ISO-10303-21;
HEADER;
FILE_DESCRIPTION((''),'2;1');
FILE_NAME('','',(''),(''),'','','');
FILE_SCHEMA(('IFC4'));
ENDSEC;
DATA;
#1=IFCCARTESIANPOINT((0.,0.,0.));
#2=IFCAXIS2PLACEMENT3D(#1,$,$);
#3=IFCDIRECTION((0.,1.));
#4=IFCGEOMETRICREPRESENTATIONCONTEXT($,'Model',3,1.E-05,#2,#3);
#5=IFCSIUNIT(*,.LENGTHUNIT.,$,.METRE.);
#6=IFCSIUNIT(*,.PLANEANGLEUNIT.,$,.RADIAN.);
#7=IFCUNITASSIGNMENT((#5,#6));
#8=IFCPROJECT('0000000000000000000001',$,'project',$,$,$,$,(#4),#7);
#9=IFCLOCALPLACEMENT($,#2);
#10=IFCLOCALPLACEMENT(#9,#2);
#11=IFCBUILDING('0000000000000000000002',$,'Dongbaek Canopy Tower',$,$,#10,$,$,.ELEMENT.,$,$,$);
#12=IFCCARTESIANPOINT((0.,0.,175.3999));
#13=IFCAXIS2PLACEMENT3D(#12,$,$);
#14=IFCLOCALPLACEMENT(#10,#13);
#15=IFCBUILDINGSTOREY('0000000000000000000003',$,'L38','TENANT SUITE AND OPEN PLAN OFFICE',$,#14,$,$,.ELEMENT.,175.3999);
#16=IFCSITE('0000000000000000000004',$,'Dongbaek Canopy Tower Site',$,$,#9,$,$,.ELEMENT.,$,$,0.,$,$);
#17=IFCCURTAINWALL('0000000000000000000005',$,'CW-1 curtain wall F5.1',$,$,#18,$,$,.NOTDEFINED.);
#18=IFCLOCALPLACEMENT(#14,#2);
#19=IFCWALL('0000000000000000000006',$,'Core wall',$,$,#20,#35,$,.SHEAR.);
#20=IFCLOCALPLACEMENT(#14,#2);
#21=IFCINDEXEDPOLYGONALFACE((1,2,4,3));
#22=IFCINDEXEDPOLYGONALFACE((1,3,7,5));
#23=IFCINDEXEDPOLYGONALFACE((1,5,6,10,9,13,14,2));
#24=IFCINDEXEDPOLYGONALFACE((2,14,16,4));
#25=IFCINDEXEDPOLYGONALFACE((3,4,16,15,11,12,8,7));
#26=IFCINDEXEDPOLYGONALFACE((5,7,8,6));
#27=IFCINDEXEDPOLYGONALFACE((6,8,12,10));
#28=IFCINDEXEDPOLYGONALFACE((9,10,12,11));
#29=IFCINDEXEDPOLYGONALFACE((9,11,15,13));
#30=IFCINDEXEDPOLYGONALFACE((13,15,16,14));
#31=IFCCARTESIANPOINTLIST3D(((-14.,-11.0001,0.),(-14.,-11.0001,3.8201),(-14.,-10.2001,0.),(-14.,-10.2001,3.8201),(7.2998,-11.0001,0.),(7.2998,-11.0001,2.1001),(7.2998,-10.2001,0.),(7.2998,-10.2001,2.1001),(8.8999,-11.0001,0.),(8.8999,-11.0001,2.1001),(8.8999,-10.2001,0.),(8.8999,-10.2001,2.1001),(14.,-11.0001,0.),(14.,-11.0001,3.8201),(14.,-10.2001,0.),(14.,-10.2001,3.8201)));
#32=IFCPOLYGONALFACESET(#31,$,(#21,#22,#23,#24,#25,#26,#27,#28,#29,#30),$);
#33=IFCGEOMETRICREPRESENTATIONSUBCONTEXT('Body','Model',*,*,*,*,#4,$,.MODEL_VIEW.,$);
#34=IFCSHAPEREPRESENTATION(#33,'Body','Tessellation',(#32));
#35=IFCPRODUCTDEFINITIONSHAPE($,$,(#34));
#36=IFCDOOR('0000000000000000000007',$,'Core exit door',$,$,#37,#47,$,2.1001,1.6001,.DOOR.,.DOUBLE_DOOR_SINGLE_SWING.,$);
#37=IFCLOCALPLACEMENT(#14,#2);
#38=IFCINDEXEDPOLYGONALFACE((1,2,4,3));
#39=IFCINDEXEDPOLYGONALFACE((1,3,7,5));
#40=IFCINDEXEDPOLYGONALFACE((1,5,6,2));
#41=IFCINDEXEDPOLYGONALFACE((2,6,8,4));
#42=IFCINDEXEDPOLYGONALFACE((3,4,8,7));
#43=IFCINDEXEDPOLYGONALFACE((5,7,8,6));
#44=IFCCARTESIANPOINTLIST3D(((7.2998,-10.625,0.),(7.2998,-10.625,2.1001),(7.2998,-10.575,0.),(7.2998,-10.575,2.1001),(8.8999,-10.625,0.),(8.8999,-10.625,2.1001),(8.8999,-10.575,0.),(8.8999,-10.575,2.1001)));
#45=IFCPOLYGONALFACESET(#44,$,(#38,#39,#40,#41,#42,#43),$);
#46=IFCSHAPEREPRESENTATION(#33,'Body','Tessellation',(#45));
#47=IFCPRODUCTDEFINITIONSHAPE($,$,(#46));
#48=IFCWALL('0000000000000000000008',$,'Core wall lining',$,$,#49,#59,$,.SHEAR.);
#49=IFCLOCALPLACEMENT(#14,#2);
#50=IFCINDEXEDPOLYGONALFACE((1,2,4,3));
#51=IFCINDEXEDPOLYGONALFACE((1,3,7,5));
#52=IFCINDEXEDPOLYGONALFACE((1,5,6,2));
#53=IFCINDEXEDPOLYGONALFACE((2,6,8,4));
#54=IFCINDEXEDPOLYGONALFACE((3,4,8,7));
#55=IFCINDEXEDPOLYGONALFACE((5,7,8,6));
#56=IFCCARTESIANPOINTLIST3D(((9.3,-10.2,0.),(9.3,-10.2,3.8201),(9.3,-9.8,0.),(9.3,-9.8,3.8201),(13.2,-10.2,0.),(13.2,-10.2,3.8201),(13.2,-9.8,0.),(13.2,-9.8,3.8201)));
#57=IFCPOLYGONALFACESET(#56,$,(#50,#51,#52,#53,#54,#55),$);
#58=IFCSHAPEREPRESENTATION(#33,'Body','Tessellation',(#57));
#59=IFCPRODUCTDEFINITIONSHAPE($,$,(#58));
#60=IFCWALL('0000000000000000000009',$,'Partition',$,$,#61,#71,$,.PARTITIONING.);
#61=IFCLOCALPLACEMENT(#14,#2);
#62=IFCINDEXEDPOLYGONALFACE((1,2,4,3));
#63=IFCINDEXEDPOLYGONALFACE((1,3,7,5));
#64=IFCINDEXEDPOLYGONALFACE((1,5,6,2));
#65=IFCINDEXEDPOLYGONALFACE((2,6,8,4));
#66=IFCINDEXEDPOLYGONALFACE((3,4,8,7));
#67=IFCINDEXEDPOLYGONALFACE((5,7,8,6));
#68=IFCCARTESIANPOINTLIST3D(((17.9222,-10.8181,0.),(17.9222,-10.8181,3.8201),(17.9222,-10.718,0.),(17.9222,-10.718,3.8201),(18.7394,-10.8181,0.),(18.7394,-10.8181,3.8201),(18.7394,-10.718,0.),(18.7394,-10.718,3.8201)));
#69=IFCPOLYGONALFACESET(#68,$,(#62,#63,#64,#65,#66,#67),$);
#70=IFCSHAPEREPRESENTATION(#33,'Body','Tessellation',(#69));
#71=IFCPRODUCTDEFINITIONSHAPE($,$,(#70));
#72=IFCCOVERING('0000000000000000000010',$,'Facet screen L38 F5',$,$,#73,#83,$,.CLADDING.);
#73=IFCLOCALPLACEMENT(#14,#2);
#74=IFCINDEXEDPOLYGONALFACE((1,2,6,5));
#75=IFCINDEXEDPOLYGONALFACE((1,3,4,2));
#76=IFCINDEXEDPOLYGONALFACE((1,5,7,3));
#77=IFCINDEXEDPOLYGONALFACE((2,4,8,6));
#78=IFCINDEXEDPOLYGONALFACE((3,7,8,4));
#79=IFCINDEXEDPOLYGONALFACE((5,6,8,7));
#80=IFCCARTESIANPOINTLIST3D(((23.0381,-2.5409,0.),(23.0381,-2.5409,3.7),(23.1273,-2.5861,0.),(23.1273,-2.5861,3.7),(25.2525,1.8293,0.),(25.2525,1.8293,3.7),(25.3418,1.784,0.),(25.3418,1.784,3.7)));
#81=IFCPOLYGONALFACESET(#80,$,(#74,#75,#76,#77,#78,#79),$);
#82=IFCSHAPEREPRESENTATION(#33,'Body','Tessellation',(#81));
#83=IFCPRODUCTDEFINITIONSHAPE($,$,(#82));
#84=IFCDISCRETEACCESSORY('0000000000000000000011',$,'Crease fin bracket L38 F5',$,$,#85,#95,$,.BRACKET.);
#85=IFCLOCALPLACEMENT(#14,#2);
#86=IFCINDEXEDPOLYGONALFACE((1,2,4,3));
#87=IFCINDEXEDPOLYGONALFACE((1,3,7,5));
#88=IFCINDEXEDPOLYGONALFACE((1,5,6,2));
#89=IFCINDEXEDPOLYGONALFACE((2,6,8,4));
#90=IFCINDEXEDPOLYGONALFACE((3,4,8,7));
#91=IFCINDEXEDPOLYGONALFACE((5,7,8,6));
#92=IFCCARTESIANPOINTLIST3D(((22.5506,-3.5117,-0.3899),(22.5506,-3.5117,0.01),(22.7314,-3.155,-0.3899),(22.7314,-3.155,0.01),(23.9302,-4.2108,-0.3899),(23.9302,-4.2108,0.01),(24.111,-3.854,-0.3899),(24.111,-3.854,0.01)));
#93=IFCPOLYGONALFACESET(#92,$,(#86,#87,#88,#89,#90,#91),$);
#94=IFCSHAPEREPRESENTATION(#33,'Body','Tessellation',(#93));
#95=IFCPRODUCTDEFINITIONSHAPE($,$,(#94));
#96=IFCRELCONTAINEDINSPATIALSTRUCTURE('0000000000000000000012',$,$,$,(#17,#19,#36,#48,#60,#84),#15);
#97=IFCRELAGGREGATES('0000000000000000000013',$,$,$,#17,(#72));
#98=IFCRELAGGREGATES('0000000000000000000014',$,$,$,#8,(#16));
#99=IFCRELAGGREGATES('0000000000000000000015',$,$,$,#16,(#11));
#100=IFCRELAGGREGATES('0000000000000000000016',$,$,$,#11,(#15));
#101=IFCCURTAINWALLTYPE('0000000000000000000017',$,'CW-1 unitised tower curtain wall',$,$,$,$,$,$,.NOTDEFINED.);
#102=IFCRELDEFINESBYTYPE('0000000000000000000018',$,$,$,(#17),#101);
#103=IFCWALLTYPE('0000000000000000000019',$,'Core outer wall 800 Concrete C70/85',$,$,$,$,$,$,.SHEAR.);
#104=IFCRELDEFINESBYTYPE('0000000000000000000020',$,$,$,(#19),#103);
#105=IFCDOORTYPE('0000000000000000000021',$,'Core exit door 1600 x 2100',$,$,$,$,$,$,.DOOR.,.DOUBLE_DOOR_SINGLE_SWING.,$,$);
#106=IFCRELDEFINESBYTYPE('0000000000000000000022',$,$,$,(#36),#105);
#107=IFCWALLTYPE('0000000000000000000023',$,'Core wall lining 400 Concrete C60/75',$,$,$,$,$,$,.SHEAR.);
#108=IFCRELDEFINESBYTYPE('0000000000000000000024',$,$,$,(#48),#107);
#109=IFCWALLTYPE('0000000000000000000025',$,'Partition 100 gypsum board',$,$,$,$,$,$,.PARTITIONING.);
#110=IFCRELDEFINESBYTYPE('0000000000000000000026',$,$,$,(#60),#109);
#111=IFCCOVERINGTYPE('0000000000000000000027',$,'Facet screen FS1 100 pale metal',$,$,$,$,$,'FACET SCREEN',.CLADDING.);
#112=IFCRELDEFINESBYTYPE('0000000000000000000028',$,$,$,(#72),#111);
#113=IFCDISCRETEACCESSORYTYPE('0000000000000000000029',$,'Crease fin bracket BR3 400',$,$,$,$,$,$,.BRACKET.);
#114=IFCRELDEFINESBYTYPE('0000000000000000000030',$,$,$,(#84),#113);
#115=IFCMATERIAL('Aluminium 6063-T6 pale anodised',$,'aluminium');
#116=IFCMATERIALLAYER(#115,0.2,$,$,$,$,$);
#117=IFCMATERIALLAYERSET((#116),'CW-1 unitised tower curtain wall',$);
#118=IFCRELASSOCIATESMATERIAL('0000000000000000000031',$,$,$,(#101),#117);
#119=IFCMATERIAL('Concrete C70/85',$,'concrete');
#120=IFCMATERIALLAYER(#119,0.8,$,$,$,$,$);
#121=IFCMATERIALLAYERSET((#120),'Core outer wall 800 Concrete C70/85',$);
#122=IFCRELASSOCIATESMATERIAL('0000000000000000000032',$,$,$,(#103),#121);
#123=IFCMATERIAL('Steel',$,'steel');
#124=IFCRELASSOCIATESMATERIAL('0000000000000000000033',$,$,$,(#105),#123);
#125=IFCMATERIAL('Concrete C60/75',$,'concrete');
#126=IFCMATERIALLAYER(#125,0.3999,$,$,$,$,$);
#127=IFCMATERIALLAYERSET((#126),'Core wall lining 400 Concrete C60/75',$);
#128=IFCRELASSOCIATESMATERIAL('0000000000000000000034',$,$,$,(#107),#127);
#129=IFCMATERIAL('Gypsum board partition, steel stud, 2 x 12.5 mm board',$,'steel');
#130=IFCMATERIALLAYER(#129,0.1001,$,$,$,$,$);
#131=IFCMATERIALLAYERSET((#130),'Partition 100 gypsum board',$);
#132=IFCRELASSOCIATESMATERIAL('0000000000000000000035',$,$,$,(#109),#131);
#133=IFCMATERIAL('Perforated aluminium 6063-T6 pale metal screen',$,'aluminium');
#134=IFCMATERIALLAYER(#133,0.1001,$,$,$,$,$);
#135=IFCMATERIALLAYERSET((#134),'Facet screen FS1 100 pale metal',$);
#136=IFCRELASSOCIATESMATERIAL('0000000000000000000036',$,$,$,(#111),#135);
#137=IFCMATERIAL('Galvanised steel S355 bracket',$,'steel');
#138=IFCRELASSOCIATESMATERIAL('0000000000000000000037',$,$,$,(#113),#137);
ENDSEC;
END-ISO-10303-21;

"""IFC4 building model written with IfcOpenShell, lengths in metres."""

from ifc_helpers import new_model, si_unit, direction, frame, frame_2d, origin, origin_2d, place, context, subcontext, project, spatial, rectangle, extrude, material, layer, layer_set, type_object, element, fill, aggregate, save


model = new_model("IFC4")

# Units and contexts
model_context = context("Model", 3, precision=1e-05, world=origin(), true_north=direction((0.0, 1.0)))
body_context = subcontext(model_context, "Body", "Model", "MODEL_VIEW")
ifc_project = project(units=[si_unit("LENGTHUNIT", "METRE"), si_unit("PLANEANGLEUNIT", "RADIAN")], contexts=[model_context])

# Site, building, storey
site_placement = place(None, origin())
site = spatial("IfcSite", under=ifc_project, at=site_placement, Name="Dongbaek Canopy Tower Site", CompositionType="ELEMENT", RefElevation=0.0)
building_placement = place(site_placement, origin())
building = spatial("IfcBuilding", under=site, at=building_placement, Name="Dongbaek Canopy Tower", CompositionType="ELEMENT")
storey_placement = place(building_placement, frame((0.0, 0.0, 175.3999)))
storey = spatial("IfcBuildingStorey", under=building, at=storey_placement, Name="L38", Description="TENANT SUITE AND OPEN PLAN OFFICE", CompositionType="ELEMENT", Elevation=175.3999)

# Curtain wall
ifc_material_1 = material(Name="Aluminium 6063-T6 pale anodised", Category="aluminium")
ifc_layer_1 = layer(ifc_material_1, 0.2)
ifc_layer_set_1 = layer_set([ifc_layer_1], Name="CW-1 unitised tower curtain wall")
curtain_wall_type = type_object("IfcCurtainWallType", Name="CW-1 unitised tower curtain wall", PredefinedType="NOTDEFINED", material=ifc_layer_set_1)
curtain_wall_placement = place(storey_placement, origin())
curtain_wall = element("IfcCurtainWall", 1, at=curtain_wall_placement, inside=storey, type_object=curtain_wall_type, Name="CW-1 curtain wall F5.1", PredefinedType="NOTDEFINED")

# Wall, opening, door
ifc_material_2 = material(Name="Concrete C70/85", Category="concrete")
ifc_layer_2 = layer(ifc_material_2, 0.8)
ifc_layer_set_2 = layer_set([ifc_layer_2], Name="Core outer wall 800 Concrete C70/85")
wall_type_1 = type_object("IfcWallType", Name="Core outer wall 800 Concrete C70/85", PredefinedType="SHEAR", material=ifc_layer_set_2)
wall_1_placement = place(storey_placement, frame((14.0, -10.6001, 0.0), z_axis=(0.0, 0.0, 1.0), x_axis=(-1.0, 0.0, 0.0)))
wall_1 = element("IfcWall", 2, at=wall_1_placement, inside=storey, type_object=wall_type_1, Name="Core wall", PredefinedType="SHEAR", context=body_context, shape_type="SweptSolid", body=[
    extrude(rectangle(XDim=28.0, YDim=0.8, at=frame_2d((14.0, 0.0))), origin(), (0.0, 0.0, 1.0), 3.8201),
])
opening_placement = place(wall_1_placement, frame((5.1001, 0.0, 0.0)))
opening = element("IfcOpeningElement", 3, at=opening_placement, cuts=wall_1, PredefinedType="OPENING", context=body_context, shape_type="SweptSolid", body=[
    extrude(rectangle(XDim=1.6001, YDim=2.1001, at=frame_2d((0.8, 1.05))), frame((0.0, 0.4099, 0.0), z_axis=(0.0, -1.0, 0.0), x_axis=(1.0, 0.0, 0.0)), (0.0, 0.0, 1.0), 0.8201),
])
ifc_material_3 = material(Name="Steel", Category="steel")
door_type = type_object("IfcDoorType", Name="Core exit door 1600 x 2100", OperationType="DOUBLE_DOOR_SINGLE_SWING", PredefinedType="DOOR", material=ifc_material_3)
door_placement = place(opening_placement, origin())
door = element("IfcDoor", 4, at=door_placement, inside=storey, type_object=door_type, Name="Core exit door", OperationType="DOUBLE_DOOR_SINGLE_SWING", OverallHeight=2.1001, OverallWidth=1.6001, PredefinedType="DOOR", context=body_context, shape_type="SweptSolid", body=[
    extrude(rectangle(XDim=1.6001, YDim=2.1001, at=frame_2d((0.8, 1.05))), frame((0.0, 0.0249, 0.0), z_axis=(0.0, -1.0, 0.0), x_axis=(1.0, 0.0, 0.0)), (0.0, 0.0, 1.0), 0.05),
])
fill(opening, door)

# Walls
ifc_material_4 = material(Name="Concrete C60/75", Category="concrete")
ifc_layer_3 = layer(ifc_material_4, 0.3999)
ifc_layer_set_3 = layer_set([ifc_layer_3], Name="Core wall lining 400 Concrete C60/75")
wall_type_2 = type_object("IfcWallType", Name="Core wall lining 400 Concrete C60/75", PredefinedType="SHEAR", material=ifc_layer_set_3)
wall_2_placement = place(storey_placement, frame((13.2, -10.0, 0.0), z_axis=(0.0, 0.0, 1.0), x_axis=(-1.0, 0.0, 0.0)))
element("IfcWall", 5, at=wall_2_placement, inside=storey, type_object=wall_type_2, Name="Core wall lining", PredefinedType="SHEAR", context=body_context, shape_type="SweptSolid", body=[
    extrude(rectangle(XDim=3.8999, YDim=0.3999, at=frame_2d((1.95, 0.0))), origin(), (0.0, 0.0, 1.0), 3.8201),
])
ifc_material_5 = material(Name="Gypsum board partition, steel stud, 2 x 12.5 mm board", Category="steel")
ifc_layer_4 = layer(ifc_material_5, 0.1001)
ifc_layer_set_4 = layer_set([ifc_layer_4], Name="Partition 100 gypsum board")
wall_type_3 = type_object("IfcWallType", Name="Partition 100 gypsum board", PredefinedType="PARTITIONING", material=ifc_layer_set_4)
wall_3_placement = place(storey_placement, frame((17.9221, -10.7681, 0.0), z_axis=(0.0, 0.0, 1.0), x_axis=(1.0, 0.0, 0.0)))
element("IfcWall", 6, at=wall_3_placement, inside=storey, type_object=wall_type_3, Name="Partition", PredefinedType="PARTITIONING", context=body_context, shape_type="SweptSolid", body=[
    extrude(rectangle(XDim=0.8171, YDim=0.1001, at=frame_2d((0.4087, 0.0))), origin(), (0.0, 0.0, 1.0), 3.8201),
])

# Covering
ifc_material_6 = material(Name="Perforated aluminium 6063-T6 pale metal screen", Category="aluminium")
ifc_layer_5 = layer(ifc_material_6, 0.1001)
ifc_layer_set_5 = layer_set([ifc_layer_5], Name="Facet screen FS1 100 pale metal")
covering_type = type_object("IfcCoveringType", Name="Facet screen FS1 100 pale metal", ElementType="FACET SCREEN", PredefinedType="CLADDING", material=ifc_layer_set_5)
covering_placement = place(storey_placement, frame((24.1899, -0.3784, 0.0), z_axis=(0.0, 0.0, 1.0), x_axis=(0.45201, 0.892013, 0.0)))
covering = element("IfcCovering", 7, at=covering_placement, type_object=covering_type, Name="Facet screen L38 F5", PredefinedType="CLADDING", context=body_context, shape_type="SweptSolid", body=[
    extrude(rectangle(XDim=4.8992, YDim=0.1001, at=origin_2d()), origin(), (0.0, 0.0, 1.0), 3.7),
])
aggregate(curtain_wall, [covering])

# Discrete accessory
ifc_material_7 = material(Name="Galvanised steel S355 bracket", Category="steel")
discrete_accessory_type = type_object("IfcDiscreteAccessoryType", Name="Crease fin bracket BR3 400", PredefinedType="BRACKET", material=ifc_material_7)
discrete_accessory_placement = place(storey_placement, frame((23.3308, -3.6829, -0.3899), z_axis=(0.0, 0.0, 1.0), x_axis=(0.892013, -0.45201, 0.0)))
element("IfcDiscreteAccessory", 8, at=discrete_accessory_placement, inside=storey, type_object=discrete_accessory_type, Name="Crease fin bracket L38 F5", PredefinedType="BRACKET", context=body_context, shape_type="SweptSolid", body=[
    extrude(rectangle(XDim=1.5466, YDim=0.3999, at=origin_2d()), origin(), (0.0, 0.0, 1.0), 0.3999),
])

save(model, "model.ifc")
